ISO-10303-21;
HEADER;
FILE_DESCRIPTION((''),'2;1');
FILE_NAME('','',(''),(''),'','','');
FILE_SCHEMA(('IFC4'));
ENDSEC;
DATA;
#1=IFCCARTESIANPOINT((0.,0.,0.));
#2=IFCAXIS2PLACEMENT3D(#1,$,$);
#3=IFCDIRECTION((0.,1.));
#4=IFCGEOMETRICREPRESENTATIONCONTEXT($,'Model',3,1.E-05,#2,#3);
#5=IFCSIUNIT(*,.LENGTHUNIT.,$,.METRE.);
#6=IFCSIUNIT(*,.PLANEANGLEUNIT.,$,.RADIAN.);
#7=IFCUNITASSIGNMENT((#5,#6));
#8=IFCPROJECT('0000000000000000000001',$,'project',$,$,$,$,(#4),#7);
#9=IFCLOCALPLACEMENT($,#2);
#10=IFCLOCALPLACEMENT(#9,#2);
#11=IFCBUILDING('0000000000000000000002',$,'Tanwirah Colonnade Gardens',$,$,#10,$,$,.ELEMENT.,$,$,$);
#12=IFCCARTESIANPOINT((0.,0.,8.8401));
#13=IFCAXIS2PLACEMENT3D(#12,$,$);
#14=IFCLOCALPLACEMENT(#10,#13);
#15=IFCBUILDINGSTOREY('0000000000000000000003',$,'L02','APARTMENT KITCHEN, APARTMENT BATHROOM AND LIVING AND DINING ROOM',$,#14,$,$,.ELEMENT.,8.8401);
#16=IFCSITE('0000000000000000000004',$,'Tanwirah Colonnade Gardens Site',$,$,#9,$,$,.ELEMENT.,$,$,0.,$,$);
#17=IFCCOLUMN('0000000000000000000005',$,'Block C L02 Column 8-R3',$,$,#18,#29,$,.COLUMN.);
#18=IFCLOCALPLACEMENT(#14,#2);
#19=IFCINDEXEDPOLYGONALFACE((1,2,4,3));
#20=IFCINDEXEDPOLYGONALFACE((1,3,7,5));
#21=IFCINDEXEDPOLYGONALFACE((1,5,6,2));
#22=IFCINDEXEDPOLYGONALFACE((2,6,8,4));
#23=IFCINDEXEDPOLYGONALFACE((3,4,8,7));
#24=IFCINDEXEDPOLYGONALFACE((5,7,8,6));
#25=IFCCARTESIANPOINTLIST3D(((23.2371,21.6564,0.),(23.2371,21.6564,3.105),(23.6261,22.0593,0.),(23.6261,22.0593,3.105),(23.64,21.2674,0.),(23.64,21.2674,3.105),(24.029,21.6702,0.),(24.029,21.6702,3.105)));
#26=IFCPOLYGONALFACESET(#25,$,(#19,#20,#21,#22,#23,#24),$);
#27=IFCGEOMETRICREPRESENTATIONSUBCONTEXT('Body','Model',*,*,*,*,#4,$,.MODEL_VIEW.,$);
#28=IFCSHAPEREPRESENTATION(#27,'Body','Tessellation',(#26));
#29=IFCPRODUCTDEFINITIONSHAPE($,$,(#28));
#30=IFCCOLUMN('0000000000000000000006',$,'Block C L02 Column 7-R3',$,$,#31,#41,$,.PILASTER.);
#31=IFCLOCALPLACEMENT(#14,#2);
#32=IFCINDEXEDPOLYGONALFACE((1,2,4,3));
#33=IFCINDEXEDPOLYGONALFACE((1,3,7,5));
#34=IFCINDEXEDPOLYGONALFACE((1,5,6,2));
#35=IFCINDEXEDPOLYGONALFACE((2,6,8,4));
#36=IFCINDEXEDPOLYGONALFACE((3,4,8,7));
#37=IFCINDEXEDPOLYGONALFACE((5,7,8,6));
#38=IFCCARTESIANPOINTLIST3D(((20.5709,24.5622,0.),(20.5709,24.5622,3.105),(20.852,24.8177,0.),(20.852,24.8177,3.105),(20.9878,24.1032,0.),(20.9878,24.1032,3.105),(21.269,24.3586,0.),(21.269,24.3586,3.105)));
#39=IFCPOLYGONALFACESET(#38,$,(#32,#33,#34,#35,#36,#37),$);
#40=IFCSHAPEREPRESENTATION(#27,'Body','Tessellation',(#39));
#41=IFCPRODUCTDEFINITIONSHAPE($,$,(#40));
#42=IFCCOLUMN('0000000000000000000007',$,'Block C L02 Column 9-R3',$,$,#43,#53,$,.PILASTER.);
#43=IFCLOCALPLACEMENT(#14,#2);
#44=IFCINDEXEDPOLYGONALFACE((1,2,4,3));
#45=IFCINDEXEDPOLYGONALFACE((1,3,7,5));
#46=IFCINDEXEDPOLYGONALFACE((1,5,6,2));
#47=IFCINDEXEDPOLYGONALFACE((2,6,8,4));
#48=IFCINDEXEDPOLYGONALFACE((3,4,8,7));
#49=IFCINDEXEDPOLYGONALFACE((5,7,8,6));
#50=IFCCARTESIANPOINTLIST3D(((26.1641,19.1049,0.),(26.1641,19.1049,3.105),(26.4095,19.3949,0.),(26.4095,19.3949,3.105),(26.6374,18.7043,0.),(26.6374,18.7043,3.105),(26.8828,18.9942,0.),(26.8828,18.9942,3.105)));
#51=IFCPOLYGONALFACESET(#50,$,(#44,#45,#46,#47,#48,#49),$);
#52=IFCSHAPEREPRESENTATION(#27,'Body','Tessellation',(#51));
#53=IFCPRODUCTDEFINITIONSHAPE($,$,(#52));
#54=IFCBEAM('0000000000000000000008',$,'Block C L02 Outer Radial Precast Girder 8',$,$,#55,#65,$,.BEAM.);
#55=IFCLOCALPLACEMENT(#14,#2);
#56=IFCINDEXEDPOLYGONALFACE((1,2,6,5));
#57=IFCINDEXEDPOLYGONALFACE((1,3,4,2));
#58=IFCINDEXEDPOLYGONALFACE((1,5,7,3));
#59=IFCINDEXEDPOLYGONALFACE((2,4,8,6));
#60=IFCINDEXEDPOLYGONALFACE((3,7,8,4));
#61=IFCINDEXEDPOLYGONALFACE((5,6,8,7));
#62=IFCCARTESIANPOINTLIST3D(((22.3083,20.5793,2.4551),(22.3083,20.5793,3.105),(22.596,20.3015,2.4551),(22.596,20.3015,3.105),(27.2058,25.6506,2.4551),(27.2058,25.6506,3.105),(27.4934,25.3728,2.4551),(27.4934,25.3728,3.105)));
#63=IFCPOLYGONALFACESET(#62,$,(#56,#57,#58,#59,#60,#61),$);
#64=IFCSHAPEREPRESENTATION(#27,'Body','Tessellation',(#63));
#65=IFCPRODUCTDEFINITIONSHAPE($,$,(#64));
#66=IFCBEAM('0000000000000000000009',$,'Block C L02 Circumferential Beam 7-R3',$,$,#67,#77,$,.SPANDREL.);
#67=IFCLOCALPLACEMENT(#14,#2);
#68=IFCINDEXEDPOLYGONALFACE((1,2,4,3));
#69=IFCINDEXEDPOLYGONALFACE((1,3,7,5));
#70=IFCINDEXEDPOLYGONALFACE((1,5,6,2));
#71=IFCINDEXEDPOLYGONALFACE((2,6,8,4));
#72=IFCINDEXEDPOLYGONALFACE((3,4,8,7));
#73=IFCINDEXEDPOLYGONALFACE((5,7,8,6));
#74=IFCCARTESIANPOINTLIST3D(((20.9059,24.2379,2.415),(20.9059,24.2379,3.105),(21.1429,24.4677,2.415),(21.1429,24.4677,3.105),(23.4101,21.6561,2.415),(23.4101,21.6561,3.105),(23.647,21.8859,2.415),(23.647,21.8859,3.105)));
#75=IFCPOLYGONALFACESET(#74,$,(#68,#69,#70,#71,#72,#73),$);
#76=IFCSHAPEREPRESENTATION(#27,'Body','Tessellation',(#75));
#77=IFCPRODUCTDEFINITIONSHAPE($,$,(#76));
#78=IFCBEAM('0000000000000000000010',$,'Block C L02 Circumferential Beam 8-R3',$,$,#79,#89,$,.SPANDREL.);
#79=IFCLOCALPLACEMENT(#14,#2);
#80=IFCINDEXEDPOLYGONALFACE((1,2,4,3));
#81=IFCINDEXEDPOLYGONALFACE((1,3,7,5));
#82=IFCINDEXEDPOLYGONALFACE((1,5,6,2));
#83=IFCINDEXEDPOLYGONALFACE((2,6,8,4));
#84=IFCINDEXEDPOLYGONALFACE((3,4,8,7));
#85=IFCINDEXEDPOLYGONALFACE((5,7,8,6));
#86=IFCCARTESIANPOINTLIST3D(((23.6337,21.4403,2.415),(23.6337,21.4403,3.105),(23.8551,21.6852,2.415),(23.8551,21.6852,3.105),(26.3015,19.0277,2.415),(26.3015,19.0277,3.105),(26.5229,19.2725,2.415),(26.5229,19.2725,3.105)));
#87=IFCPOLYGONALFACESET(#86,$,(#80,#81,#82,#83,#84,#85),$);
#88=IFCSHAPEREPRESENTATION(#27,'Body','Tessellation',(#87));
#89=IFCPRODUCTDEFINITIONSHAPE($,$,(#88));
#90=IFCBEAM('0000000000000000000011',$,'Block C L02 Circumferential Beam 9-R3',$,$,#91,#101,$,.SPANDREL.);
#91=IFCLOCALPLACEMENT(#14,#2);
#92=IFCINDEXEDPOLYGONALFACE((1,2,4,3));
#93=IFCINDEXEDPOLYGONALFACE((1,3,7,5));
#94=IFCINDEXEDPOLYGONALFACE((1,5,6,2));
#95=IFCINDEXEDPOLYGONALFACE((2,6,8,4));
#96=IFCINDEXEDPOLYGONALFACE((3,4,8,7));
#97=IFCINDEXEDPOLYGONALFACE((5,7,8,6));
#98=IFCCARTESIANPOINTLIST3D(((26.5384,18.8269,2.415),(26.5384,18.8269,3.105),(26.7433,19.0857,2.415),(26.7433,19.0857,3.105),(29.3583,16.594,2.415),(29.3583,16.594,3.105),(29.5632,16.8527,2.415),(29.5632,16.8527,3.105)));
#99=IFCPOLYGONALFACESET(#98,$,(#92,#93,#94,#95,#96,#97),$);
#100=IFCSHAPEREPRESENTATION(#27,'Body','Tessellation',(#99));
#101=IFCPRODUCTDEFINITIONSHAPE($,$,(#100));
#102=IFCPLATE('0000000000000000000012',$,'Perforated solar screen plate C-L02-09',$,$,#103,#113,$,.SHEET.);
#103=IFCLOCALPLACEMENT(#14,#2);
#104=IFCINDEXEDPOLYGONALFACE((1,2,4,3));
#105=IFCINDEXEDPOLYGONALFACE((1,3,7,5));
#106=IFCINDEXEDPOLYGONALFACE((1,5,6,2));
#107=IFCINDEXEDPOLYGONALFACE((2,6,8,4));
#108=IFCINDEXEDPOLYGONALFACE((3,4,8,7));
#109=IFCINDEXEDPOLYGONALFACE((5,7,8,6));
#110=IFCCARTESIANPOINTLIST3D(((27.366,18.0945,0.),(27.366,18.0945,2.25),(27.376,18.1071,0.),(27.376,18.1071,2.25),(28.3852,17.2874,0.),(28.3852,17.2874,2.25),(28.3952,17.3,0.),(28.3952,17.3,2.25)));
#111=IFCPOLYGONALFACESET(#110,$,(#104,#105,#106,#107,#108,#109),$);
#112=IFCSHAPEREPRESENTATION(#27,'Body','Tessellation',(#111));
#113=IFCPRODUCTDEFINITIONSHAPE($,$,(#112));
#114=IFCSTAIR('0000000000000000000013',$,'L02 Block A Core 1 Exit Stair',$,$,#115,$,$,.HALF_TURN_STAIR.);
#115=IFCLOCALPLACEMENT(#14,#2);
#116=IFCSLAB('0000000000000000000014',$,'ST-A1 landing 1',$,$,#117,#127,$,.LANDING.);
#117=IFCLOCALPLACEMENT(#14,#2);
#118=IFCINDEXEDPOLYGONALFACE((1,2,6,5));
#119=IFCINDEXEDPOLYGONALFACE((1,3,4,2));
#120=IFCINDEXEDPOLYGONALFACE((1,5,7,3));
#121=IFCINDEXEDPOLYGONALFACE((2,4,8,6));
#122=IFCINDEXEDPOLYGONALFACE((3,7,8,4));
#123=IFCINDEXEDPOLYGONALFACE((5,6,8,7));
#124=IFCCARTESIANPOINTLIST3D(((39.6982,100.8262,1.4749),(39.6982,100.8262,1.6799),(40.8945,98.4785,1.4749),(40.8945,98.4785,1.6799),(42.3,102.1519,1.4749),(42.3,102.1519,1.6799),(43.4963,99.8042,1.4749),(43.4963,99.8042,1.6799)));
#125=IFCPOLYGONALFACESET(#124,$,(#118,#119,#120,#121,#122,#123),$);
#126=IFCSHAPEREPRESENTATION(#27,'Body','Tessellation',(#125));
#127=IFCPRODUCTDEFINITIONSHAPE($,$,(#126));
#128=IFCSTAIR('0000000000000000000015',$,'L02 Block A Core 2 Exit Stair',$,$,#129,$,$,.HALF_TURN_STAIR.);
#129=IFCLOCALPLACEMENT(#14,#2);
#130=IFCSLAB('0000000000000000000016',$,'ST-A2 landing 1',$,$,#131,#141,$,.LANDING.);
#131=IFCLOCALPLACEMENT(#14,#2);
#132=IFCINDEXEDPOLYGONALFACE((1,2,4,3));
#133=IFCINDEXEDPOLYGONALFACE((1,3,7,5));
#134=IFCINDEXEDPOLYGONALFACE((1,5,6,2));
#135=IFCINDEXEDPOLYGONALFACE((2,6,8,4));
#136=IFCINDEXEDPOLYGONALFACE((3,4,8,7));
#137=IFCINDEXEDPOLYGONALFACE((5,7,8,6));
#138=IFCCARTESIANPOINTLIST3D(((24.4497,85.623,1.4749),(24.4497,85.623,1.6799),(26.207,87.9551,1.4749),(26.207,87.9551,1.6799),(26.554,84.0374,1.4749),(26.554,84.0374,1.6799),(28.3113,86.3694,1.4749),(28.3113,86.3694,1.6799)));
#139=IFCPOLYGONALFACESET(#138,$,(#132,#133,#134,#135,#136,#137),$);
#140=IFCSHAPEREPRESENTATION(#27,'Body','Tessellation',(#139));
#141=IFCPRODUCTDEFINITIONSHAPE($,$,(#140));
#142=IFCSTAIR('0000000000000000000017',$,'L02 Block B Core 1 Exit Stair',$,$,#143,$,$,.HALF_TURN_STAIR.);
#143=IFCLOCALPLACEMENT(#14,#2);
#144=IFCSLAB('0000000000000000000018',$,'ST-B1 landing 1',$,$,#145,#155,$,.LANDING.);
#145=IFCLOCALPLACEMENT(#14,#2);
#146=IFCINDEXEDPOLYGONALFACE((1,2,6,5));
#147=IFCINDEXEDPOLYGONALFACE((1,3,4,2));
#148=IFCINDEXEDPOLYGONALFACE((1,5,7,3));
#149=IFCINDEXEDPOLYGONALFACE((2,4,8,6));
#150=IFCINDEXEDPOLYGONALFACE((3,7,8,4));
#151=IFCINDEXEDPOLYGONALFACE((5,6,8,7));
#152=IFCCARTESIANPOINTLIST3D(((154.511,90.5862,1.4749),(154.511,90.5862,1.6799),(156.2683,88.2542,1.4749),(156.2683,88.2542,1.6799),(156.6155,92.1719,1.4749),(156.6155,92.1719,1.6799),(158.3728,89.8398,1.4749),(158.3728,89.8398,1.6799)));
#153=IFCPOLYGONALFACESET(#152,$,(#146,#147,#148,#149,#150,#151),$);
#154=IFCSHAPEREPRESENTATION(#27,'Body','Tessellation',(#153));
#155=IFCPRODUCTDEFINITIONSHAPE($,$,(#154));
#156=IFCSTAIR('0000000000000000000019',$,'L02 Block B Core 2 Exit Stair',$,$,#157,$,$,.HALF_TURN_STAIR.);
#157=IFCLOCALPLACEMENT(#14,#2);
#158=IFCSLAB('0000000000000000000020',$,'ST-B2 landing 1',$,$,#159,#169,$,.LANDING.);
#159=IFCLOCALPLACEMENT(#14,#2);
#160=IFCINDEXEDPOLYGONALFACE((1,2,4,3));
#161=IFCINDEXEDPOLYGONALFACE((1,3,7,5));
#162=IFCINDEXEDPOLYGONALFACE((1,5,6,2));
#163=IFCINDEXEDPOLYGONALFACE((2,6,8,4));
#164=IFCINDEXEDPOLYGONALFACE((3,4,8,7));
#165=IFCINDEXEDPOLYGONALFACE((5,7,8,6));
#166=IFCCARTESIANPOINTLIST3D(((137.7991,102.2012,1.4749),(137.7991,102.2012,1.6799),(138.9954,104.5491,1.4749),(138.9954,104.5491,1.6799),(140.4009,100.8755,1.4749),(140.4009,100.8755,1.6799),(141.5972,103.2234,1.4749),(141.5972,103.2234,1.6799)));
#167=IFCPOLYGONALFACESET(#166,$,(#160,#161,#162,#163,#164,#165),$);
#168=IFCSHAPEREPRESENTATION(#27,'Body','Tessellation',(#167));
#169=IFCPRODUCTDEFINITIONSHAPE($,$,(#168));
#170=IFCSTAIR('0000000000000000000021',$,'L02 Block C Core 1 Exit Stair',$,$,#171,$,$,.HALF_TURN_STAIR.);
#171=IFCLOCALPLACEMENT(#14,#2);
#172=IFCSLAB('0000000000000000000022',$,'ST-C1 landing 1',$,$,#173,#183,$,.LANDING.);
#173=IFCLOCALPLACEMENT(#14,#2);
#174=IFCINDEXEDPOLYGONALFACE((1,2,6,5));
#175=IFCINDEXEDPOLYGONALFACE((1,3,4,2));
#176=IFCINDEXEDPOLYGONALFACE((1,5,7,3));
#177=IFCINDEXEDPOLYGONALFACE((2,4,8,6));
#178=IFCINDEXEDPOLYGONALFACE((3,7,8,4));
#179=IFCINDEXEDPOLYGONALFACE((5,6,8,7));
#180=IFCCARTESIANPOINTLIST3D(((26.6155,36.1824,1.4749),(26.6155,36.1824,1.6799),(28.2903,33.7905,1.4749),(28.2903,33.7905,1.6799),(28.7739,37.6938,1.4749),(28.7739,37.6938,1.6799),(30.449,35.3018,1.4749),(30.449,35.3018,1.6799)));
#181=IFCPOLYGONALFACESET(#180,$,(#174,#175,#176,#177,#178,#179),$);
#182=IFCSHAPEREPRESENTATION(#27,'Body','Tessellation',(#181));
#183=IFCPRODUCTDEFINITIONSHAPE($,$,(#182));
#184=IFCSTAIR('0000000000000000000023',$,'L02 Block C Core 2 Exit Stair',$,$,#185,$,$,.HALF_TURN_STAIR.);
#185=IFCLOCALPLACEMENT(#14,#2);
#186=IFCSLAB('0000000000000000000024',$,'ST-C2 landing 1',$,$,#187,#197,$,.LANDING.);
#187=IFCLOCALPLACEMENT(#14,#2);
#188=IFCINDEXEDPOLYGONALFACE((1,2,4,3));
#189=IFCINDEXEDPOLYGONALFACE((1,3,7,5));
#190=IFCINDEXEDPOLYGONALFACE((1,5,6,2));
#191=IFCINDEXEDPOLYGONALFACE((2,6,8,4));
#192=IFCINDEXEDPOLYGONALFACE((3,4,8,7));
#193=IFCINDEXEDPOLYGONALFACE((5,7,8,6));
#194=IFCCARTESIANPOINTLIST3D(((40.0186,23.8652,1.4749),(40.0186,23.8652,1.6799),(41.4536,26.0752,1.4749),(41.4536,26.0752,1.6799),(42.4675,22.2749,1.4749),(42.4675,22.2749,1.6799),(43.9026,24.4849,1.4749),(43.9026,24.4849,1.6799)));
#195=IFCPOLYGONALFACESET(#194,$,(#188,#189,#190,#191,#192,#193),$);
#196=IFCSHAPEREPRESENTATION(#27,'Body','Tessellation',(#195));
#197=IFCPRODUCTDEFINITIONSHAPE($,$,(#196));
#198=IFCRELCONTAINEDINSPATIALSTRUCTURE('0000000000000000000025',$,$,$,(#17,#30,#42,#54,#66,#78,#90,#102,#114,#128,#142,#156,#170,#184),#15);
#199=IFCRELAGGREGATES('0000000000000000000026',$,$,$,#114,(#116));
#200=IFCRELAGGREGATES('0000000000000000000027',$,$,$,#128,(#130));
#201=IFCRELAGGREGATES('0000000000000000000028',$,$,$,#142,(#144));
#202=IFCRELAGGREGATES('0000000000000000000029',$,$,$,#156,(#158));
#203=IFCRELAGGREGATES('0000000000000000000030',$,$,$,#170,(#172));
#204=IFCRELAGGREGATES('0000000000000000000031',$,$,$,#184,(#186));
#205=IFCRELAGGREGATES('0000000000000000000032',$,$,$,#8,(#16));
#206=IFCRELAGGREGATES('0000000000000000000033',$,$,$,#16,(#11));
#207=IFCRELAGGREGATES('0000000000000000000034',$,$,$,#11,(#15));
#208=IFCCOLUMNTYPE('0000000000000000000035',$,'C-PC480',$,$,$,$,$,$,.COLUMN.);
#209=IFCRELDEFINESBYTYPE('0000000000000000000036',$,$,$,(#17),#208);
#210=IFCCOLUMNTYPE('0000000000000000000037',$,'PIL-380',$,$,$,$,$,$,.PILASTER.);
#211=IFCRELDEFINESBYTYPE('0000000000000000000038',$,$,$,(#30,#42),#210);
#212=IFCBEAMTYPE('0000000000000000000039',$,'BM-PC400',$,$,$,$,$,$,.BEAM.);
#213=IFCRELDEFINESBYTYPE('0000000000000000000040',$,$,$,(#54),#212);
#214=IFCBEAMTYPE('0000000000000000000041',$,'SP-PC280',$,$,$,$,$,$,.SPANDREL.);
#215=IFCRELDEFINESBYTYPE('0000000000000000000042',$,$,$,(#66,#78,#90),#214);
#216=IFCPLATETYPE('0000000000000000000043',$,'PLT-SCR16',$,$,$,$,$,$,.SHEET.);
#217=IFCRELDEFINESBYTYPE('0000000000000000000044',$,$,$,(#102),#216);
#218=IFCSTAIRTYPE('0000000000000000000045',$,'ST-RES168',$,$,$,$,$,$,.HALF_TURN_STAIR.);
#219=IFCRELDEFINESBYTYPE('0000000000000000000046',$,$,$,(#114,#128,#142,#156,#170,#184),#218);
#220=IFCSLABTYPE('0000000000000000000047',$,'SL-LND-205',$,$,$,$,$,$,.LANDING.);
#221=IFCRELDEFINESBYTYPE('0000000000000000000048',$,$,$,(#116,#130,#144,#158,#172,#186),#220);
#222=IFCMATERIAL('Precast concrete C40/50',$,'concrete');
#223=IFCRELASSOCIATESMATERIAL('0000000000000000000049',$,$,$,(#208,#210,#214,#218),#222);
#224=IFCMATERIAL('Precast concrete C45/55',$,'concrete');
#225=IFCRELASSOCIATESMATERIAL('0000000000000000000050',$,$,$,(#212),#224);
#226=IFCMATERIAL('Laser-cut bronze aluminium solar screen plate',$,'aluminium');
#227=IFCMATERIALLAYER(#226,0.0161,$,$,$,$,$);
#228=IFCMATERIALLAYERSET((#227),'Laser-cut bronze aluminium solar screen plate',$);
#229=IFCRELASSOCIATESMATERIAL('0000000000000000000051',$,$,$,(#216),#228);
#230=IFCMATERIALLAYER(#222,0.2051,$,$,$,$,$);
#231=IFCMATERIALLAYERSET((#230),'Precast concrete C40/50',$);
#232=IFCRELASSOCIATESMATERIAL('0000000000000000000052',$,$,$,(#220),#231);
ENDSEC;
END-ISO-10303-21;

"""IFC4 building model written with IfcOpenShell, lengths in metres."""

from ifc_helpers import new_model, si_unit, direction, frame, origin, origin_2d, place, context, subcontext, project, spatial, polyline, rectangle, outline, extrude, material, layer, layer_set, material_profile, profile_set, type_object, element, aggregate, save


model = new_model("IFC4")

# Units and contexts
model_context = context("Model", 3, precision=1e-05, world=origin(), true_north=direction((0.0, 1.0)))
body_context = subcontext(model_context, "Body", "Model", "MODEL_VIEW")
ifc_project = project(units=[si_unit("LENGTHUNIT", "METRE"), si_unit("PLANEANGLEUNIT", "RADIAN")], contexts=[model_context])

# Site, building, storey
site_placement = place(None, origin())
site = spatial("IfcSite", under=ifc_project, at=site_placement, Name="Tanwirah Colonnade Gardens Site", CompositionType="ELEMENT", RefElevation=0.0)
building_placement = place(site_placement, origin())
building = spatial("IfcBuilding", under=site, at=building_placement, Name="Tanwirah Colonnade Gardens", CompositionType="ELEMENT")
storey_placement = place(building_placement, frame((0.0, 0.0, 8.8401)))
storey = spatial("IfcBuildingStorey", under=building, at=storey_placement, Name="L02", Description="APARTMENT KITCHEN, APARTMENT BATHROOM AND LIVING AND DINING ROOM", CompositionType="ELEMENT", Elevation=8.8401)

# Columns
ifc_material_1 = material(Name="Precast concrete C40/50", Category="concrete")
ifc_material_profile_1 = material_profile(ifc_material_1, rectangle(XDim=0.5601, YDim=0.5601, at=origin_2d()), Name="PC-COL 560x560")
ifc_profile_set_1 = profile_set([ifc_material_profile_1], Name="Precast concrete C40/50")
column_type_1 = type_object("IfcColumnType", Name="C-PC480", PredefinedType="COLUMN", material=ifc_profile_set_1)
column_placement = place(storey_placement, frame((23.6331, 21.6633, 0.0), z_axis=(0.0, 0.0, 1.0), x_axis=(-0.694658, -0.71934, 0.0)))
element("IfcColumn", 1, at=column_placement, inside=storey, type_object=column_type_1, Name="Block C L02 Column 8-R3", PredefinedType="COLUMN", context=body_context, shape_type="SweptSolid", body=[
    extrude(rectangle(XDim=0.5601, YDim=0.5601, at=origin_2d()), origin(), (0.0, 0.0, 1.0), 3.105),
])
ifc_material_profile_2 = material_profile(ifc_material_1, rectangle(XDim=0.3799, YDim=0.6201, at=origin_2d()), Name="PC-PIL 380x620")
ifc_profile_set_2 = profile_set([ifc_material_profile_2], Name="Precast concrete C40/50")
column_type_2 = type_object("IfcColumnType", Name="PIL-380", PredefinedType="PILASTER", material=ifc_profile_set_2)
for number, where, z_axis, x_axis, name in (
    (2, (20.9199, 24.4604, 0.0), (0.0, 0.0, 1.0), (-0.740218, -0.672367, 0.0), "Block C L02 Column 7-R3"),
    (3, (26.5234, 19.0496, 0.0), (0.0, 0.0, 1.0), (-0.646124, -0.763232, 0.0), "Block C L02 Column 9-R3"),
):
    element("IfcColumn", number, at=place(storey_placement, frame(where, z_axis=z_axis, x_axis=x_axis)), inside=storey, type_object=column_type_2, Name=name, PredefinedType="PILASTER", context=body_context, shape_type="SweptSolid", body=[
        extrude(rectangle(XDim=0.3799, YDim=0.6201, at=origin_2d()), origin(), (0.0, 0.0, 1.0), 3.105),
    ])

# Beams
ifc_material_2 = material(Name="Precast concrete C45/55", Category="concrete")
ifc_material_profile_3 = material_profile(ifc_material_2, rectangle(XDim=0.3999, YDim=0.6499, at=origin_2d()), Name="PC-BM 400x650")
ifc_profile_set_3 = profile_set([ifc_material_profile_3], Name="Precast concrete C45/55")
beam_type_1 = type_object("IfcBeamType", Name="BM-PC400", PredefinedType="BEAM", material=ifc_profile_set_3)
beam_1_placement = place(storey_placement, frame((27.3496, 25.5117, 2.78), z_axis=(-0.694671, -0.719327, 0.0), x_axis=(0.719327, -0.694671, 0.0)))
element("IfcBeam", 4, at=beam_1_placement, inside=storey, type_object=beam_type_1, Name="Block C L02 Outer Radial Precast Girder 8", PredefinedType="BEAM", context=body_context, shape_type="SweptSolid", body=[
    extrude(rectangle(XDim=0.3999, YDim=0.6499, at=origin_2d()), origin(), (0.0, 0.0, 1.0), 7.05),
])
ifc_material_profile_4 = material_profile(ifc_material_1, rectangle(XDim=0.3301, YDim=0.6899, at=origin_2d()), Name="PC-SP 330x690")
ifc_profile_set_4 = profile_set([ifc_material_profile_4], Name="Precast concrete C40/50")
beam_type_2 = type_object("IfcBeamType", Name="SP-PC280", PredefinedType="SPANDREL", material=ifc_profile_set_4)
beam_2_placement = place(storey_placement, frame((21.0244, 24.3528, 2.76), z_axis=(0.696232, -0.717817, 0.0), x_axis=(0.717817, 0.696232, 0.0)))
element("IfcBeam", 5, at=beam_2_placement, inside=storey, type_object=beam_type_2, Name="Block C L02 Circumferential Beam 7-R3", PredefinedType="SPANDREL", context=body_context, shape_type="SweptSolid", body=[
    extrude(rectangle(XDim=0.3301, YDim=0.6899, at=origin_2d()), origin(), (0.0, 0.0, 1.0), 3.5967),
])
for number, where, z_axis, x_axis, name in (
    (6, (23.7444, 21.5627, 2.76), (0.741682, -0.670752, 0.0), (0.670752, 0.741682, 0.0), "Block C L02 Circumferential Beam 8-R3"),
    (7, (26.6409, 18.9563, 2.76), (0.783971, -0.620797, 0.0), (0.620797, 0.783971, 0.0), "Block C L02 Circumferential Beam 9-R3"),
):
    element("IfcBeam", number, at=place(storey_placement, frame(where, z_axis=z_axis, x_axis=x_axis)), inside=storey, type_object=beam_type_2, Name=name, PredefinedType="SPANDREL", context=body_context, shape_type="SweptSolid", body=[
        extrude(rectangle(XDim=0.3301, YDim=0.6899, at=origin_2d()), origin(), (0.0, 0.0, 1.0), 3.5969),
    ])

# Plate
ifc_material_3 = material(Name="Laser-cut bronze aluminium solar screen plate", Category="aluminium")
ifc_layer_1 = layer(ifc_material_3, 0.0161)
ifc_layer_set_1 = layer_set([ifc_layer_1], Name="Laser-cut bronze aluminium solar screen plate")
plate_type = type_object("IfcPlateType", Name="PLT-SCR16", PredefinedType="SHEET", material=ifc_layer_set_1)
plate_placement = place(storey_placement, frame((27.8806, 17.6973, 0.0), z_axis=(0.0, 0.0, 1.0), x_axis=(0.783965, -0.620805, 0.0)))
element("IfcPlate", 8, at=plate_placement, inside=storey, type_object=plate_type, Name="Perforated solar screen plate C-L02-09", PredefinedType="SHEET", context=body_context, shape_type="SweptSolid", body=[
    extrude(rectangle(XDim=1.3, YDim=0.0161, at=origin_2d()), origin(), (0.0, 0.0, 1.0), 2.25),
])

# Stairs, slabs
stair_type = type_object("IfcStairType", Name="ST-RES168", PredefinedType="HALF_TURN_STAIR", material=ifc_material_1)
stair_1_placement = place(storey_placement, origin())
stair_1 = element("IfcStair", 9, at=stair_1_placement, inside=storey, type_object=stair_type, Name="L02 Block A Core 1 Exit Stair", PredefinedType="HALF_TURN_STAIR")
ifc_layer_2 = layer(ifc_material_1, 0.2051)
ifc_layer_set_2 = layer_set([ifc_layer_2], Name="Precast concrete C40/50")
slab_type_1 = type_object("IfcSlabType", Name="SL-LND-205", PredefinedType="LANDING", material=ifc_layer_set_2)
slab_1_placement = place(storey_placement, frame((0.0, 0.0, 1.4749)))
slab_1 = element("IfcSlab", 10, at=slab_1_placement, type_object=slab_type_1, Name="ST-A1 landing 1", PredefinedType="LANDING", context=body_context, shape_type="SweptSolid", body=[
    extrude(outline(polyline([(39.6982, 100.8262), (40.8945, 98.4785), (43.4963, 99.8042), (42.3, 102.1519), (39.6982, 100.8262)])), origin(), (0.0, 0.0, 1.0), 0.2051),
])
aggregate(stair_1, [slab_1])
stair_2_placement = place(storey_placement, origin())
stair_2 = element("IfcStair", 11, at=stair_2_placement, inside=storey, type_object=stair_type, Name="L02 Block A Core 2 Exit Stair", PredefinedType="HALF_TURN_STAIR")
slab_2_placement = place(storey_placement, frame((0.0, 0.0, 1.4749)))
slab_2 = element("IfcSlab", 12, at=slab_2_placement, type_object=slab_type_1, Name="ST-A2 landing 1", PredefinedType="LANDING", context=body_context, shape_type="SweptSolid", body=[
    extrude(outline(polyline([(24.4497, 85.623), (26.554, 84.0374), (28.3113, 86.3694), (26.207, 87.9551), (24.4497, 85.623)])), origin(), (0.0, 0.0, 1.0), 0.2051),
])
aggregate(stair_2, [slab_2])
stair_3_placement = place(storey_placement, origin())
stair_3 = element("IfcStair", 13, at=stair_3_placement, inside=storey, type_object=stair_type, Name="L02 Block B Core 1 Exit Stair", PredefinedType="HALF_TURN_STAIR")
slab_3_placement = place(storey_placement, frame((0.0, 0.0, 1.4749)))
slab_3 = element("IfcSlab", 14, at=slab_3_placement, type_object=slab_type_1, Name="ST-B1 landing 1", PredefinedType="LANDING", context=body_context, shape_type="SweptSolid", body=[
    extrude(outline(polyline([(156.6155, 92.1719), (154.511, 90.5862), (156.2683, 88.2542), (158.3728, 89.8398), (156.6155, 92.1719)])), origin(), (0.0, 0.0, 1.0), 0.2051),
])
aggregate(stair_3, [slab_3])
stair_4_placement = place(storey_placement, origin())
stair_4 = element("IfcStair", 15, at=stair_4_placement, inside=storey, type_object=stair_type, Name="L02 Block B Core 2 Exit Stair", PredefinedType="HALF_TURN_STAIR")
slab_4_placement = place(storey_placement, frame((0.0, 0.0, 1.4749)))
slab_4 = element("IfcSlab", 16, at=slab_4_placement, type_object=slab_type_1, Name="ST-B2 landing 1", PredefinedType="LANDING", context=body_context, shape_type="SweptSolid", body=[
    extrude(outline(polyline([(138.9954, 104.5491), (137.7991, 102.2012), (140.4009, 100.8755), (141.5972, 103.2234), (138.9954, 104.5491)])), origin(), (0.0, 0.0, 1.0), 0.2051),
])
aggregate(stair_4, [slab_4])
stair_5_placement = place(storey_placement, origin())
stair_5 = element("IfcStair", 17, at=stair_5_placement, inside=storey, type_object=stair_type, Name="L02 Block C Core 1 Exit Stair", PredefinedType="HALF_TURN_STAIR")
slab_5_placement = place(storey_placement, frame((0.0, 0.0, 1.4749)))
slab_5 = element("IfcSlab", 18, at=slab_5_placement, type_object=slab_type_1, Name="ST-C1 landing 1", PredefinedType="LANDING", context=body_context, shape_type="SweptSolid", body=[
    extrude(outline(polyline([(28.2903, 33.7905), (30.449, 35.3018), (28.7739, 37.6938), (26.6155, 36.1824), (28.2903, 33.7905)])), origin(), (0.0, 0.0, 1.0), 0.2051),
])
aggregate(stair_5, [slab_5])
stair_6_placement = place(storey_placement, origin())
stair_6 = element("IfcStair", 19, at=stair_6_placement, inside=storey, type_object=stair_type, Name="L02 Block C Core 2 Exit Stair", PredefinedType="HALF_TURN_STAIR")
slab_6_placement = place(storey_placement, frame((0.0, 0.0, 1.4749)))
slab_6 = element("IfcSlab", 20, at=slab_6_placement, type_object=slab_type_1, Name="ST-C2 landing 1", PredefinedType="LANDING", context=body_context, shape_type="SweptSolid", body=[
    extrude(outline(polyline([(42.4675, 22.2749), (43.9026, 24.4849), (41.4536, 26.0752), (40.0186, 23.8652), (42.4675, 22.2749)])), origin(), (0.0, 0.0, 1.0), 0.2051),
])
aggregate(stair_6, [slab_6])

save(model, "model.ifc")
